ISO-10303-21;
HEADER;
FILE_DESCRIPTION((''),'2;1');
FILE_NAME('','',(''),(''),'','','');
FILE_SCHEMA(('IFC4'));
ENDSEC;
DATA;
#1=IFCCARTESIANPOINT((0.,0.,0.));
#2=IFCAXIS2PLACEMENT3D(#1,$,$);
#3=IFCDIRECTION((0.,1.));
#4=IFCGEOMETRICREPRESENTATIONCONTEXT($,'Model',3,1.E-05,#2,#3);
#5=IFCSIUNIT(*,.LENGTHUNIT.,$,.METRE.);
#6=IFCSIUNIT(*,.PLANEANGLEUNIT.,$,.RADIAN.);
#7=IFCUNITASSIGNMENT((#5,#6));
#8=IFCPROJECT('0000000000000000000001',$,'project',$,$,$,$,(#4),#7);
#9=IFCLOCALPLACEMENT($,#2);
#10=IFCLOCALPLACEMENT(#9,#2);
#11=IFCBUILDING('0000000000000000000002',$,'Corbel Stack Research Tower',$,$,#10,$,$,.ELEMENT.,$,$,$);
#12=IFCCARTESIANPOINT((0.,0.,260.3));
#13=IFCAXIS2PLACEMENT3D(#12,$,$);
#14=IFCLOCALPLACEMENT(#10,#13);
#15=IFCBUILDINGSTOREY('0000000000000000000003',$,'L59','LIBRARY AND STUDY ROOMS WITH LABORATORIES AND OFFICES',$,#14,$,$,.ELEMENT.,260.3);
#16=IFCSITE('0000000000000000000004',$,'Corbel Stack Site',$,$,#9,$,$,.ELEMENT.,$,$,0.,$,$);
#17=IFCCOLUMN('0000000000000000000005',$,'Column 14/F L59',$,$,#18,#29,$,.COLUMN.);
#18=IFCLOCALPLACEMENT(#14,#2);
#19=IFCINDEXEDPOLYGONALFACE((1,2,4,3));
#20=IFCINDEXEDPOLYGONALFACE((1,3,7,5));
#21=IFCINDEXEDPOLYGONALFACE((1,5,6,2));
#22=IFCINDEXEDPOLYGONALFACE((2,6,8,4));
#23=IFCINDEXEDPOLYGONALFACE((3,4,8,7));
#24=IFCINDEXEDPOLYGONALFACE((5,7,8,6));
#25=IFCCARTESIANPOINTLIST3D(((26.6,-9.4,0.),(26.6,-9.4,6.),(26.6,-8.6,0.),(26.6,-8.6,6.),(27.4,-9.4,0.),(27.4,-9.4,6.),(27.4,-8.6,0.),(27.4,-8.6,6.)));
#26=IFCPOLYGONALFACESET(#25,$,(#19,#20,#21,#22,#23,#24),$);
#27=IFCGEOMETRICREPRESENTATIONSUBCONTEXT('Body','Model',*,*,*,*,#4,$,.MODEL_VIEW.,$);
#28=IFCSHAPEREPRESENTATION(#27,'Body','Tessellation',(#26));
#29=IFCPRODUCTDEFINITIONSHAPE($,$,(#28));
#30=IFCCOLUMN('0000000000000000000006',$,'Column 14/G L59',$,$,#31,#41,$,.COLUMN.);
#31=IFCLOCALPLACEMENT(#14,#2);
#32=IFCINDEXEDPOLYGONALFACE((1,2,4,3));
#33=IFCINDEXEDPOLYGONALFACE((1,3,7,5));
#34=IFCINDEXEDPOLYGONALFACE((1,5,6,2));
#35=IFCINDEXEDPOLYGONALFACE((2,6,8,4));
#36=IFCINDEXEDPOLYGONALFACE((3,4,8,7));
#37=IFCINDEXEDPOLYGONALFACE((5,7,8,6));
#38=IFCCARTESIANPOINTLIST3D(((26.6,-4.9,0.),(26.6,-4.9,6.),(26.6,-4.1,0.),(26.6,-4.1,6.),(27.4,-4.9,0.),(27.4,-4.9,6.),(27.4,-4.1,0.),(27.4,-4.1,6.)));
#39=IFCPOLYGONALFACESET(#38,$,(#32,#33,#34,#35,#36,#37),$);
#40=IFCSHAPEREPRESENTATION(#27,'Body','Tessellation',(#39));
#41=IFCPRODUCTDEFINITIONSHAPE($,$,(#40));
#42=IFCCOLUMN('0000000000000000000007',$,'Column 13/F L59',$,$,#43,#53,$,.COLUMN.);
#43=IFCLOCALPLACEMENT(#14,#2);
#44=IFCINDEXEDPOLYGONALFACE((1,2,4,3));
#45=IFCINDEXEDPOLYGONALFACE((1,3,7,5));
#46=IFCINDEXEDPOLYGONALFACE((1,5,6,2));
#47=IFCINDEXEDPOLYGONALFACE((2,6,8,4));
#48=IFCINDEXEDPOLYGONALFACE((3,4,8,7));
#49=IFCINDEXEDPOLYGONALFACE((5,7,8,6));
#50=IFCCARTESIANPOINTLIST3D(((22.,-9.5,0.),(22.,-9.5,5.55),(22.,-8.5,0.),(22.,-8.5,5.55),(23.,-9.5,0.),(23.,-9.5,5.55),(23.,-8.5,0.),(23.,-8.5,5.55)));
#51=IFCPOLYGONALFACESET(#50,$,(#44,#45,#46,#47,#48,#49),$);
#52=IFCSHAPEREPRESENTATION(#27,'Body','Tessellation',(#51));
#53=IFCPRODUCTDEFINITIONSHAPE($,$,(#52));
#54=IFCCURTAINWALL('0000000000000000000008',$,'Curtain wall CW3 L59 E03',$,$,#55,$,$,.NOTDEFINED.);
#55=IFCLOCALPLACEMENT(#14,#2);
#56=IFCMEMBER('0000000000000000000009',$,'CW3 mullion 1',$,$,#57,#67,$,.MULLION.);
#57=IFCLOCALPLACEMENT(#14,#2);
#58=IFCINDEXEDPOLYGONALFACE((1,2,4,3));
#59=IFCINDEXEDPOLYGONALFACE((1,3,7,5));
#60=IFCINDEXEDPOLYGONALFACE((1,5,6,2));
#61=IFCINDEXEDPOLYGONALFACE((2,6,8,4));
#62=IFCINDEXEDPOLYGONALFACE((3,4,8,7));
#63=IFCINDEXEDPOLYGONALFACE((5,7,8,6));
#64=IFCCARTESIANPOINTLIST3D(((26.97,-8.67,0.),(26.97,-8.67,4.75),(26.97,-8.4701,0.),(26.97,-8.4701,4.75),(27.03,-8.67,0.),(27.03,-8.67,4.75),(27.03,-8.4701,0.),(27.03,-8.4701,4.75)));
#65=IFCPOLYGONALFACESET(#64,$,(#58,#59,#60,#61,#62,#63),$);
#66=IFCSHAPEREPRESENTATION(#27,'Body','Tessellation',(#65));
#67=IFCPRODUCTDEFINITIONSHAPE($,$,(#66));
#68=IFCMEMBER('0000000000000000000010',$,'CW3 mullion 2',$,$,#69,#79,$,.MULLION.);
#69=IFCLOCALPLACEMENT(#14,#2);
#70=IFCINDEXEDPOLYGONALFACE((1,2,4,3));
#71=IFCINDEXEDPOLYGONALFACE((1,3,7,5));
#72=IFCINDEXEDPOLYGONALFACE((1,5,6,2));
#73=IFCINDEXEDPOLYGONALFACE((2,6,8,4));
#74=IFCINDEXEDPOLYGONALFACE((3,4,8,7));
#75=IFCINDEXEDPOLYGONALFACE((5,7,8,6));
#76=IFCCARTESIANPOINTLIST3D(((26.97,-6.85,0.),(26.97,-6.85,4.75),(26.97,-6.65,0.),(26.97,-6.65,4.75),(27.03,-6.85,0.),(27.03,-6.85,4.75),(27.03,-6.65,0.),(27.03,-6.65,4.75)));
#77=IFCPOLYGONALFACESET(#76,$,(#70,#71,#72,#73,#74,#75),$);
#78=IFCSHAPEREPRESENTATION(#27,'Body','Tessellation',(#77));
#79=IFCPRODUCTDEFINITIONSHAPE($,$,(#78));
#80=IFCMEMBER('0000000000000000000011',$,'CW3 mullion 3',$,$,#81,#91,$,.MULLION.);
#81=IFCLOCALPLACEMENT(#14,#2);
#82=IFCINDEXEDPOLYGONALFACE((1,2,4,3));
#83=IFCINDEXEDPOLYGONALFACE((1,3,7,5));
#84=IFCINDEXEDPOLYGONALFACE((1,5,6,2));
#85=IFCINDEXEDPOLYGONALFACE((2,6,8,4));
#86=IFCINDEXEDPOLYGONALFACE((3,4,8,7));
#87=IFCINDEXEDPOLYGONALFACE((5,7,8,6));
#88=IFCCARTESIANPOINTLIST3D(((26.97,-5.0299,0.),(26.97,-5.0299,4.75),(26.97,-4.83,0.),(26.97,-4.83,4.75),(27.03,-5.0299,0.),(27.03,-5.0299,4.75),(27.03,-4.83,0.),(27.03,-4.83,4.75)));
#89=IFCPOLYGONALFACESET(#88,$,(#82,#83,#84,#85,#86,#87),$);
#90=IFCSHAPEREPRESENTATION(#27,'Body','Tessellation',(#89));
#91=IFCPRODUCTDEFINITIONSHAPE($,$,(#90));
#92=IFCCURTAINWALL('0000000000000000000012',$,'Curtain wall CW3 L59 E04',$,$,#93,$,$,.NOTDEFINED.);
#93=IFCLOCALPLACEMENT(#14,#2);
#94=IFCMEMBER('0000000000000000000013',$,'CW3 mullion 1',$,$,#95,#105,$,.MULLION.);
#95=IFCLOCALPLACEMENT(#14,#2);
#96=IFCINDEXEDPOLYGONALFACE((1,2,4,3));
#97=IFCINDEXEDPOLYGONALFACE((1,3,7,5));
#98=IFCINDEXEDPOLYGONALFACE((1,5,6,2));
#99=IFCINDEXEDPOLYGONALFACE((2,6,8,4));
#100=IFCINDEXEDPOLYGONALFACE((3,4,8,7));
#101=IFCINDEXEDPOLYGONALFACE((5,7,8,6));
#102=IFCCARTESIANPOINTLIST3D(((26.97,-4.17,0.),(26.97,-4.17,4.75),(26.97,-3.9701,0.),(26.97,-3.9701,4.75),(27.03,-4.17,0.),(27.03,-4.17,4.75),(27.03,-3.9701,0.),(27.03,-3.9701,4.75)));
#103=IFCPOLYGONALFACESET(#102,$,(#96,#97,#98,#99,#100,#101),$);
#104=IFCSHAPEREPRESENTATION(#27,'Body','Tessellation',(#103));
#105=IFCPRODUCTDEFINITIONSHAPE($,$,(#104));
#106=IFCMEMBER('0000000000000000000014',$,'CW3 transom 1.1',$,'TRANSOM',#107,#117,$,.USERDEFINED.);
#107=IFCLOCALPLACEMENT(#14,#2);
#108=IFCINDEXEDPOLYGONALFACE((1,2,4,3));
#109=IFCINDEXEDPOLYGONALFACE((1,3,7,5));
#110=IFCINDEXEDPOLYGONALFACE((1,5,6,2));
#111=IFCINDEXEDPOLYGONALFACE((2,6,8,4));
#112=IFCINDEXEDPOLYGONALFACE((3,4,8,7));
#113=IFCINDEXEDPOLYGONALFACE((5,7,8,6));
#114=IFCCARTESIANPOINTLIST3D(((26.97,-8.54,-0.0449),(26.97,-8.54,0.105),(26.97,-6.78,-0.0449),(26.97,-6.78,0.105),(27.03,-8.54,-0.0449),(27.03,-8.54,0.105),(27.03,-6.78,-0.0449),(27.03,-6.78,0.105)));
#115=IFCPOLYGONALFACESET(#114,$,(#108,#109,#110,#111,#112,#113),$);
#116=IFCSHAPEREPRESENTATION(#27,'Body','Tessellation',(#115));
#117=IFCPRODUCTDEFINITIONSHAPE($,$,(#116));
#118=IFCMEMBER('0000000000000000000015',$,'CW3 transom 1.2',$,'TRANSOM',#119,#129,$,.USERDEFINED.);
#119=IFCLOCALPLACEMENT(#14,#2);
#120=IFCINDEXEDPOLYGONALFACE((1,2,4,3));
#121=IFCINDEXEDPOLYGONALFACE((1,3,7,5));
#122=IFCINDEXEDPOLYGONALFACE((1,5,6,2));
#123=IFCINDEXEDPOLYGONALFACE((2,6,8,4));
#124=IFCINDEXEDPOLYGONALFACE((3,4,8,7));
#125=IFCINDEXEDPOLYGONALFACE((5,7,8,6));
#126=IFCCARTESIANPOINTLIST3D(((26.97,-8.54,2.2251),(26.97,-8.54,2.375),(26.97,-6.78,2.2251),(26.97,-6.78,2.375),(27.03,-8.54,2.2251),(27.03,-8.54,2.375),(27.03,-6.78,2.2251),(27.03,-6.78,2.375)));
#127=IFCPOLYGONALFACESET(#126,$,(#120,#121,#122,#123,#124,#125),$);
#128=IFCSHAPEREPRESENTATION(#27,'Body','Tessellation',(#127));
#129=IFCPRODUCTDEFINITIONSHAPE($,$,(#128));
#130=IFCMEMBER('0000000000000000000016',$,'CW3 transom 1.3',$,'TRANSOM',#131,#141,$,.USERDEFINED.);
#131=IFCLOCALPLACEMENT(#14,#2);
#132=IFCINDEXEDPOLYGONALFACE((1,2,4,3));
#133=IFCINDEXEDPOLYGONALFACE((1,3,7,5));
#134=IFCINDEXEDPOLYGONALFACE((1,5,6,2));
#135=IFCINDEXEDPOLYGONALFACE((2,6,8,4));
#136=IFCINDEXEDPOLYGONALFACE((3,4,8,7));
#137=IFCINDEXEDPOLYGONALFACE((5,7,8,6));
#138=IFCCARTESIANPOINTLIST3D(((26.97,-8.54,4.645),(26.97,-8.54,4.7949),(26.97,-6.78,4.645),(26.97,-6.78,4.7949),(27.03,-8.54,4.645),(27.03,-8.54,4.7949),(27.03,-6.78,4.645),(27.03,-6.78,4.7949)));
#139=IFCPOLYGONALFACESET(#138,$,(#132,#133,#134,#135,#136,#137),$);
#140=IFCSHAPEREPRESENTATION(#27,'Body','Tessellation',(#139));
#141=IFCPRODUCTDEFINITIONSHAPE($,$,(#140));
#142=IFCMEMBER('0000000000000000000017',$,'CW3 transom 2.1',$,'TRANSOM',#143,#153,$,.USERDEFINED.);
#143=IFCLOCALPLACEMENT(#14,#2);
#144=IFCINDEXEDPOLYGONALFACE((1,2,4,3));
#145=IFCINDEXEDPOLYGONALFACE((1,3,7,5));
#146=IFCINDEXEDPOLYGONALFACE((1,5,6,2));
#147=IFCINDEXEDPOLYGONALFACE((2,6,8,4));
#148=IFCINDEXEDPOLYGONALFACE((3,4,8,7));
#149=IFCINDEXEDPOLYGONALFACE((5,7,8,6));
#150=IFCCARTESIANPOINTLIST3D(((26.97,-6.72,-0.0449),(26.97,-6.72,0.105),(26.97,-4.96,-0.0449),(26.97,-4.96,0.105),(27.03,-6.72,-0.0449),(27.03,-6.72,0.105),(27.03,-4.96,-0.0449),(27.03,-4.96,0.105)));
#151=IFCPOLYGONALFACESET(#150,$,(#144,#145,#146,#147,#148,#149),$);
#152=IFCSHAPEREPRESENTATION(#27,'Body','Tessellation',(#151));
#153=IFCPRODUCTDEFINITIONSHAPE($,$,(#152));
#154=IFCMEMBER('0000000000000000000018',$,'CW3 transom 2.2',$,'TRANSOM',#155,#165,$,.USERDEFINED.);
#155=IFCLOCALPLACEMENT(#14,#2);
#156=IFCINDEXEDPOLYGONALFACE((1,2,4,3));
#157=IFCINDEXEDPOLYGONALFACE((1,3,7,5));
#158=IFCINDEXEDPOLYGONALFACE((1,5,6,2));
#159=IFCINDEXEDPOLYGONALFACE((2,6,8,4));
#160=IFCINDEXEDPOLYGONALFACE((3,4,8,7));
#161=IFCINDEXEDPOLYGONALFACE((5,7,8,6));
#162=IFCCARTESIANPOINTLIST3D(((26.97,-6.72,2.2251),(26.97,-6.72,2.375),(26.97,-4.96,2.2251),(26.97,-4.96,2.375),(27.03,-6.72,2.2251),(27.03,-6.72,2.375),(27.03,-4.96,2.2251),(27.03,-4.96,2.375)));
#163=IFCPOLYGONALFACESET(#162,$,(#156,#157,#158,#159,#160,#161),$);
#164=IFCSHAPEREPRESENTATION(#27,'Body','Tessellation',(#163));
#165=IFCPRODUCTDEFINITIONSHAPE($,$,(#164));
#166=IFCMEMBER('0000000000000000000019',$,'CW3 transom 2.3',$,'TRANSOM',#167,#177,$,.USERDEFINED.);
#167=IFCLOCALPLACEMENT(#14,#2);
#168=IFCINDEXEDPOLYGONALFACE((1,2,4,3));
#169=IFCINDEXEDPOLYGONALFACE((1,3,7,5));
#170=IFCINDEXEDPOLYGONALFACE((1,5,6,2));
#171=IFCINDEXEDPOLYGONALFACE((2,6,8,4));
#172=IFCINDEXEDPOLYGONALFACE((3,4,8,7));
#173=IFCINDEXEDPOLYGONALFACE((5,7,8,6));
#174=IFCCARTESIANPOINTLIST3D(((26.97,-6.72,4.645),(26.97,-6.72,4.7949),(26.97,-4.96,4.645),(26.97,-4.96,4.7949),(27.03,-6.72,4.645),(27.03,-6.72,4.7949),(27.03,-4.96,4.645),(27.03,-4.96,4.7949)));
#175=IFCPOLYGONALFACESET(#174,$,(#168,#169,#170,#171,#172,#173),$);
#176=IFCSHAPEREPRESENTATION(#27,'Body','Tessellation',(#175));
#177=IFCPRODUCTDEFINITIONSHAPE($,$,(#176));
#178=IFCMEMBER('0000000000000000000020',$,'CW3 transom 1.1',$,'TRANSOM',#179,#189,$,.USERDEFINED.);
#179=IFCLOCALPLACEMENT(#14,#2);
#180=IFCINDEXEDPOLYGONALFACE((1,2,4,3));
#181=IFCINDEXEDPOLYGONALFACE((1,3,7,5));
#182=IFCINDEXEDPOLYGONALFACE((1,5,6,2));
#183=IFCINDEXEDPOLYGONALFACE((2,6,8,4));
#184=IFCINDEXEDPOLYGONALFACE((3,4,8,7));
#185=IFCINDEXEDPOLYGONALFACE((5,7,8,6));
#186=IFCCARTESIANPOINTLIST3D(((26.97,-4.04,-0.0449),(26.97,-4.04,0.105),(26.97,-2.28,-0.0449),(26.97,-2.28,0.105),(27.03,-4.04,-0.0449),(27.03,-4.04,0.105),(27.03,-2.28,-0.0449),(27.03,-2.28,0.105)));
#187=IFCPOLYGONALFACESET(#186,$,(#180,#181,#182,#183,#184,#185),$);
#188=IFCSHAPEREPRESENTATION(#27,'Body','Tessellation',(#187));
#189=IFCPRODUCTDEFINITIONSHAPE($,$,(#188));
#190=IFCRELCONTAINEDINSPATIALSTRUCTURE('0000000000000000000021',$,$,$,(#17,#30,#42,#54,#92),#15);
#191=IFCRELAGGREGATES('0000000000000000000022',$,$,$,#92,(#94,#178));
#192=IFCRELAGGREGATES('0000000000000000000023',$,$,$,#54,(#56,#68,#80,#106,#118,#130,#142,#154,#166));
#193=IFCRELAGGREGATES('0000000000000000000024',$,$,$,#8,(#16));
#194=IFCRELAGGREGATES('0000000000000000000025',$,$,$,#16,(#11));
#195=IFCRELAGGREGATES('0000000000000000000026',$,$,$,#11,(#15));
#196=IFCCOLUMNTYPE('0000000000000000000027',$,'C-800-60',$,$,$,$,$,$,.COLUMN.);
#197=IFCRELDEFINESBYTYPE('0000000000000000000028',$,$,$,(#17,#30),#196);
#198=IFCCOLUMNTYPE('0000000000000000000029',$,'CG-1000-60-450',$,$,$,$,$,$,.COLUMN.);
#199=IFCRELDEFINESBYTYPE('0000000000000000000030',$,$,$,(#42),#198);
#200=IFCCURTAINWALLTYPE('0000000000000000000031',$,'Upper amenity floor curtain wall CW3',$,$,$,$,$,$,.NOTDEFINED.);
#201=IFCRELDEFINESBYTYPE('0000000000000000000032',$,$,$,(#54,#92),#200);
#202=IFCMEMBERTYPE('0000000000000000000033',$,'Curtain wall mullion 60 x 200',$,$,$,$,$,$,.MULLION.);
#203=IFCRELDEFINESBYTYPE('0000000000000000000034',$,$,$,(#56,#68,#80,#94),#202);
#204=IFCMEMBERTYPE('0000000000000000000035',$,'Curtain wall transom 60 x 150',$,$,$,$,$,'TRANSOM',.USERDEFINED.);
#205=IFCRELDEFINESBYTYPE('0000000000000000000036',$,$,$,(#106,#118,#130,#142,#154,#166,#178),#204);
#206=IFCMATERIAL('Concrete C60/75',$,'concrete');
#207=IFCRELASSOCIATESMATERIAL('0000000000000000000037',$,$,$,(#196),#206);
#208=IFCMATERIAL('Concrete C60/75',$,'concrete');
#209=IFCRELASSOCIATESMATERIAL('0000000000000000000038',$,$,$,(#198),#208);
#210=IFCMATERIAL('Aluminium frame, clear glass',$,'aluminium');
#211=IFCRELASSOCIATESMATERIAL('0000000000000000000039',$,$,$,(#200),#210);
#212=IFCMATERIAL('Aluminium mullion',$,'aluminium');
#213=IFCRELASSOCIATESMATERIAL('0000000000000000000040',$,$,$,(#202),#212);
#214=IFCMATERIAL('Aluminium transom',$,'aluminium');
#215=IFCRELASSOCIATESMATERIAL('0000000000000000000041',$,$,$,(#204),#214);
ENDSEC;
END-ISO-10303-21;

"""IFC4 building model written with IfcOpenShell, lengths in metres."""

from ifc_helpers import new_model, si_unit, direction, frame, origin, origin_2d, place, context, subcontext, project, spatial, rectangle, extrude, material, material_profile, profile_set, type_object, element, aggregate, save


model = new_model("IFC4")

# Units and contexts
model_context = context("Model", 3, precision=1e-05, world=origin(), true_north=direction((0.0, 1.0)))
body_context = subcontext(model_context, "Body", "Model", "MODEL_VIEW")
ifc_project = project(units=[si_unit("LENGTHUNIT", "METRE"), si_unit("PLANEANGLEUNIT", "RADIAN")], contexts=[model_context])

# Site, building, storey
site_placement = place(None, origin())
site = spatial("IfcSite", under=ifc_project, at=site_placement, Name="Corbel Stack Site", CompositionType="ELEMENT", RefElevation=0.0)
building_placement = place(site_placement, origin())
building = spatial("IfcBuilding", under=site, at=building_placement, Name="Corbel Stack Research Tower", CompositionType="ELEMENT")
storey_placement = place(building_placement, frame((0.0, 0.0, 260.3)))
storey = spatial("IfcBuildingStorey", under=building, at=storey_placement, Name="L59", Description="LIBRARY AND STUDY ROOMS WITH LABORATORIES AND OFFICES", CompositionType="ELEMENT", Elevation=260.3)

# Columns
ifc_material_1 = material(Name="Concrete C60/75", Category="concrete")
ifc_material_profile_1 = material_profile(ifc_material_1, rectangle(XDim=0.8, YDim=0.8, at=origin_2d()), Name="RC 800 x 800")
ifc_profile_set_1 = profile_set([ifc_material_profile_1], Name="Concrete C60/75")
column_type_1 = type_object("IfcColumnType", Name="C-800-60", PredefinedType="COLUMN", material=ifc_profile_set_1)
for number, where, z_axis, x_axis, name in (
    (1, (27.0, -9.0, 0.0), (0.0, 0.0, 1.0), (1.0, 0.0, 0.0), "Column 14/F L59"),
    (2, (27.0, -4.5, 0.0), (0.0, 0.0, 1.0), (1.0, 0.0, 0.0), "Column 14/G L59"),
):
    element("IfcColumn", number, at=place(storey_placement, frame(where, z_axis=z_axis, x_axis=x_axis)), inside=storey, type_object=column_type_1, Name=name, PredefinedType="COLUMN", context=body_context, shape_type="SweptSolid", body=[
        extrude(rectangle(XDim=0.8, YDim=0.8, at=origin_2d()), origin(), (0.0, 0.0, 1.0), 6.0),
    ])
ifc_material_2 = material(Name="Concrete C60/75", Category="concrete")
ifc_material_profile_2 = material_profile(ifc_material_2, rectangle(XDim=1.0, YDim=1.0, at=origin_2d()), Name="RC 1000 x 1000")
ifc_profile_set_2 = profile_set([ifc_material_profile_2], Name="Concrete C60/75")
column_type_2 = type_object("IfcColumnType", Name="CG-1000-60-450", PredefinedType="COLUMN", material=ifc_profile_set_2)
column_placement = place(storey_placement, frame((22.5, -9.0, 0.0), z_axis=(0.0, 0.0, 1.0), x_axis=(1.0, 0.0, 0.0)))
element("IfcColumn", 3, at=column_placement, inside=storey, type_object=column_type_2, Name="Column 13/F L59", PredefinedType="COLUMN", context=body_context, shape_type="SweptSolid", body=[
    extrude(rectangle(XDim=1.0, YDim=1.0, at=origin_2d()), origin(), (0.0, 0.0, 1.0), 5.55),
])

# Curtain wall, members
ifc_material_3 = material(Name="Aluminium frame, clear glass", Category="aluminium")
curtain_wall_type = type_object("IfcCurtainWallType", Name="Upper amenity floor curtain wall CW3", PredefinedType="NOTDEFINED", material=ifc_material_3)
curtain_wall_1_placement = place(storey_placement, origin())
curtain_wall_1 = element("IfcCurtainWall", 4, at=curtain_wall_1_placement, inside=storey, type_object=curtain_wall_type, Name="Curtain wall CW3 L59 E03", PredefinedType="NOTDEFINED")
ifc_material_4 = material(Name="Aluminium mullion", Category="aluminium")
ifc_material_profile_3 = material_profile(ifc_material_4, rectangle(XDim=0.0601, YDim=0.2, at=origin_2d()), Name="Mullion 60 x 200")
ifc_profile_set_3 = profile_set([ifc_material_profile_3], Name="Aluminium mullion")
member_type_1 = type_object("IfcMemberType", Name="Curtain wall mullion 60 x 200", PredefinedType="MULLION", material=ifc_profile_set_3)
member_1_placement = place(storey_placement, frame((27.0, -8.5701, 0.0), z_axis=(0.0, 0.0, 1.0), x_axis=(-1.0, 0.0, 0.0)))
member_1 = element("IfcMember", 5, at=member_1_placement, type_object=member_type_1, Name="CW3 mullion 1", PredefinedType="MULLION", context=body_context, shape_type="SweptSolid", body=[
    extrude(rectangle(XDim=0.0601, YDim=0.2, at=origin_2d()), origin(), (0.0, 0.0, 1.0), 4.75),
])
member_2_placement = place(storey_placement, frame((27.0, -6.75, 0.0), z_axis=(0.0, 0.0, 1.0), x_axis=(-1.0, 0.0, 0.0)))
member_2 = element("IfcMember", 6, at=member_2_placement, type_object=member_type_1, Name="CW3 mullion 2", PredefinedType="MULLION", context=body_context, shape_type="SweptSolid", body=[
    extrude(rectangle(XDim=0.0601, YDim=0.2, at=origin_2d()), origin(), (0.0, 0.0, 1.0), 4.75),
])
member_3_placement = place(storey_placement, frame((27.0, -4.9299, 0.0), z_axis=(0.0, 0.0, 1.0), x_axis=(-1.0, 0.0, 0.0)))
member_3 = element("IfcMember", 7, at=member_3_placement, type_object=member_type_1, Name="CW3 mullion 3", PredefinedType="MULLION", context=body_context, shape_type="SweptSolid", body=[
    extrude(rectangle(XDim=0.0601, YDim=0.2, at=origin_2d()), origin(), (0.0, 0.0, 1.0), 4.75),
])

# Curtain wall, member
curtain_wall_2_placement = place(storey_placement, origin())
curtain_wall_2 = element("IfcCurtainWall", 8, at=curtain_wall_2_placement, inside=storey, type_object=curtain_wall_type, Name="Curtain wall CW3 L59 E04", PredefinedType="NOTDEFINED")
member_4_placement = place(storey_placement, frame((27.0, -4.0701, 0.0), z_axis=(0.0, 0.0, 1.0), x_axis=(-1.0, 0.0, 0.0)))
member_4 = element("IfcMember", 9, at=member_4_placement, type_object=member_type_1, Name="CW3 mullion 1", PredefinedType="MULLION", context=body_context, shape_type="SweptSolid", body=[
    extrude(rectangle(XDim=0.0601, YDim=0.2, at=origin_2d()), origin(), (0.0, 0.0, 1.0), 4.75),
])

# Members
ifc_material_5 = material(Name="Aluminium transom", Category="aluminium")
ifc_material_profile_4 = material_profile(ifc_material_5, rectangle(XDim=0.0601, YDim=0.1499, at=origin_2d()), Name="Transom 60 x 150")
ifc_profile_set_4 = profile_set([ifc_material_profile_4], Name="Aluminium transom")
member_type_2 = type_object("IfcMemberType", Name="Curtain wall transom 60 x 150", ElementType="TRANSOM", PredefinedType="USERDEFINED", material=ifc_profile_set_4)
member_5_placement = place(storey_placement, frame((27.0, -8.54, 0.03), z_axis=(0.0, 1.0, 0.0), x_axis=(-1.0, 0.0, 0.0)))
member_5 = element("IfcMember", 10, at=member_5_placement, type_object=member_type_2, Name="CW3 transom 1.1", ObjectType="TRANSOM", PredefinedType="USERDEFINED", context=body_context, shape_type="SweptSolid", body=[
    extrude(rectangle(XDim=0.0601, YDim=0.1499, at=origin_2d()), origin(), (0.0, 0.0, 1.0), 1.76),
])
member_6_placement = place(storey_placement, frame((27.0, -8.54, 2.3), z_axis=(0.0, 1.0, 0.0), x_axis=(-1.0, 0.0, 0.0)))
member_6 = element("IfcMember", 11, at=member_6_placement, type_object=member_type_2, Name="CW3 transom 1.2", ObjectType="TRANSOM", PredefinedType="USERDEFINED", context=body_context, shape_type="SweptSolid", body=[
    extrude(rectangle(XDim=0.0601, YDim=0.1499, at=origin_2d()), origin(), (0.0, 0.0, 1.0), 1.76),
])
member_7_placement = place(storey_placement, frame((27.0, -8.54, 4.72), z_axis=(0.0, 1.0, 0.0), x_axis=(-1.0, 0.0, 0.0)))
member_7 = element("IfcMember", 12, at=member_7_placement, type_object=member_type_2, Name="CW3 transom 1.3", ObjectType="TRANSOM", PredefinedType="USERDEFINED", context=body_context, shape_type="SweptSolid", body=[
    extrude(rectangle(XDim=0.0601, YDim=0.1499, at=origin_2d()), origin(), (0.0, 0.0, 1.0), 1.76),
])
member_8_placement = place(storey_placement, frame((27.0, -6.72, 0.03), z_axis=(0.0, 1.0, 0.0), x_axis=(-1.0, 0.0, 0.0)))
member_8 = element("IfcMember", 13, at=member_8_placement, type_object=member_type_2, Name="CW3 transom 2.1", ObjectType="TRANSOM", PredefinedType="USERDEFINED", context=body_context, shape_type="SweptSolid", body=[
    extrude(rectangle(XDim=0.0601, YDim=0.1499, at=origin_2d()), origin(), (0.0, 0.0, 1.0), 1.76),
])
member_9_placement = place(storey_placement, frame((27.0, -6.72, 2.3), z_axis=(0.0, 1.0, 0.0), x_axis=(-1.0, 0.0, 0.0)))
member_9 = element("IfcMember", 14, at=member_9_placement, type_object=member_type_2, Name="CW3 transom 2.2", ObjectType="TRANSOM", PredefinedType="USERDEFINED", context=body_context, shape_type="SweptSolid", body=[
    extrude(rectangle(XDim=0.0601, YDim=0.1499, at=origin_2d()), origin(), (0.0, 0.0, 1.0), 1.76),
])
member_10_placement = place(storey_placement, frame((27.0, -6.72, 4.72), z_axis=(0.0, 1.0, 0.0), x_axis=(-1.0, 0.0, 0.0)))
member_10 = element("IfcMember", 15, at=member_10_placement, type_object=member_type_2, Name="CW3 transom 2.3", ObjectType="TRANSOM", PredefinedType="USERDEFINED", context=body_context, shape_type="SweptSolid", body=[
    extrude(rectangle(XDim=0.0601, YDim=0.1499, at=origin_2d()), origin(), (0.0, 0.0, 1.0), 1.76),
])
member_11_placement = place(storey_placement, frame((27.0, -4.04, 0.03), z_axis=(0.0, 1.0, 0.0), x_axis=(-1.0, 0.0, 0.0)))
member_11 = element("IfcMember", 16, at=member_11_placement, type_object=member_type_2, Name="CW3 transom 1.1", ObjectType="TRANSOM", PredefinedType="USERDEFINED", context=body_context, shape_type="SweptSolid", body=[
    extrude(rectangle(XDim=0.0601, YDim=0.1499, at=origin_2d()), origin(), (0.0, 0.0, 1.0), 1.76),
])
aggregate(curtain_wall_2, [member_4, member_11])

aggregate(curtain_wall_1, [member_1, member_2, member_3, member_5, member_6, member_7, member_8, member_9, member_10])

save(model, "model.ifc")
